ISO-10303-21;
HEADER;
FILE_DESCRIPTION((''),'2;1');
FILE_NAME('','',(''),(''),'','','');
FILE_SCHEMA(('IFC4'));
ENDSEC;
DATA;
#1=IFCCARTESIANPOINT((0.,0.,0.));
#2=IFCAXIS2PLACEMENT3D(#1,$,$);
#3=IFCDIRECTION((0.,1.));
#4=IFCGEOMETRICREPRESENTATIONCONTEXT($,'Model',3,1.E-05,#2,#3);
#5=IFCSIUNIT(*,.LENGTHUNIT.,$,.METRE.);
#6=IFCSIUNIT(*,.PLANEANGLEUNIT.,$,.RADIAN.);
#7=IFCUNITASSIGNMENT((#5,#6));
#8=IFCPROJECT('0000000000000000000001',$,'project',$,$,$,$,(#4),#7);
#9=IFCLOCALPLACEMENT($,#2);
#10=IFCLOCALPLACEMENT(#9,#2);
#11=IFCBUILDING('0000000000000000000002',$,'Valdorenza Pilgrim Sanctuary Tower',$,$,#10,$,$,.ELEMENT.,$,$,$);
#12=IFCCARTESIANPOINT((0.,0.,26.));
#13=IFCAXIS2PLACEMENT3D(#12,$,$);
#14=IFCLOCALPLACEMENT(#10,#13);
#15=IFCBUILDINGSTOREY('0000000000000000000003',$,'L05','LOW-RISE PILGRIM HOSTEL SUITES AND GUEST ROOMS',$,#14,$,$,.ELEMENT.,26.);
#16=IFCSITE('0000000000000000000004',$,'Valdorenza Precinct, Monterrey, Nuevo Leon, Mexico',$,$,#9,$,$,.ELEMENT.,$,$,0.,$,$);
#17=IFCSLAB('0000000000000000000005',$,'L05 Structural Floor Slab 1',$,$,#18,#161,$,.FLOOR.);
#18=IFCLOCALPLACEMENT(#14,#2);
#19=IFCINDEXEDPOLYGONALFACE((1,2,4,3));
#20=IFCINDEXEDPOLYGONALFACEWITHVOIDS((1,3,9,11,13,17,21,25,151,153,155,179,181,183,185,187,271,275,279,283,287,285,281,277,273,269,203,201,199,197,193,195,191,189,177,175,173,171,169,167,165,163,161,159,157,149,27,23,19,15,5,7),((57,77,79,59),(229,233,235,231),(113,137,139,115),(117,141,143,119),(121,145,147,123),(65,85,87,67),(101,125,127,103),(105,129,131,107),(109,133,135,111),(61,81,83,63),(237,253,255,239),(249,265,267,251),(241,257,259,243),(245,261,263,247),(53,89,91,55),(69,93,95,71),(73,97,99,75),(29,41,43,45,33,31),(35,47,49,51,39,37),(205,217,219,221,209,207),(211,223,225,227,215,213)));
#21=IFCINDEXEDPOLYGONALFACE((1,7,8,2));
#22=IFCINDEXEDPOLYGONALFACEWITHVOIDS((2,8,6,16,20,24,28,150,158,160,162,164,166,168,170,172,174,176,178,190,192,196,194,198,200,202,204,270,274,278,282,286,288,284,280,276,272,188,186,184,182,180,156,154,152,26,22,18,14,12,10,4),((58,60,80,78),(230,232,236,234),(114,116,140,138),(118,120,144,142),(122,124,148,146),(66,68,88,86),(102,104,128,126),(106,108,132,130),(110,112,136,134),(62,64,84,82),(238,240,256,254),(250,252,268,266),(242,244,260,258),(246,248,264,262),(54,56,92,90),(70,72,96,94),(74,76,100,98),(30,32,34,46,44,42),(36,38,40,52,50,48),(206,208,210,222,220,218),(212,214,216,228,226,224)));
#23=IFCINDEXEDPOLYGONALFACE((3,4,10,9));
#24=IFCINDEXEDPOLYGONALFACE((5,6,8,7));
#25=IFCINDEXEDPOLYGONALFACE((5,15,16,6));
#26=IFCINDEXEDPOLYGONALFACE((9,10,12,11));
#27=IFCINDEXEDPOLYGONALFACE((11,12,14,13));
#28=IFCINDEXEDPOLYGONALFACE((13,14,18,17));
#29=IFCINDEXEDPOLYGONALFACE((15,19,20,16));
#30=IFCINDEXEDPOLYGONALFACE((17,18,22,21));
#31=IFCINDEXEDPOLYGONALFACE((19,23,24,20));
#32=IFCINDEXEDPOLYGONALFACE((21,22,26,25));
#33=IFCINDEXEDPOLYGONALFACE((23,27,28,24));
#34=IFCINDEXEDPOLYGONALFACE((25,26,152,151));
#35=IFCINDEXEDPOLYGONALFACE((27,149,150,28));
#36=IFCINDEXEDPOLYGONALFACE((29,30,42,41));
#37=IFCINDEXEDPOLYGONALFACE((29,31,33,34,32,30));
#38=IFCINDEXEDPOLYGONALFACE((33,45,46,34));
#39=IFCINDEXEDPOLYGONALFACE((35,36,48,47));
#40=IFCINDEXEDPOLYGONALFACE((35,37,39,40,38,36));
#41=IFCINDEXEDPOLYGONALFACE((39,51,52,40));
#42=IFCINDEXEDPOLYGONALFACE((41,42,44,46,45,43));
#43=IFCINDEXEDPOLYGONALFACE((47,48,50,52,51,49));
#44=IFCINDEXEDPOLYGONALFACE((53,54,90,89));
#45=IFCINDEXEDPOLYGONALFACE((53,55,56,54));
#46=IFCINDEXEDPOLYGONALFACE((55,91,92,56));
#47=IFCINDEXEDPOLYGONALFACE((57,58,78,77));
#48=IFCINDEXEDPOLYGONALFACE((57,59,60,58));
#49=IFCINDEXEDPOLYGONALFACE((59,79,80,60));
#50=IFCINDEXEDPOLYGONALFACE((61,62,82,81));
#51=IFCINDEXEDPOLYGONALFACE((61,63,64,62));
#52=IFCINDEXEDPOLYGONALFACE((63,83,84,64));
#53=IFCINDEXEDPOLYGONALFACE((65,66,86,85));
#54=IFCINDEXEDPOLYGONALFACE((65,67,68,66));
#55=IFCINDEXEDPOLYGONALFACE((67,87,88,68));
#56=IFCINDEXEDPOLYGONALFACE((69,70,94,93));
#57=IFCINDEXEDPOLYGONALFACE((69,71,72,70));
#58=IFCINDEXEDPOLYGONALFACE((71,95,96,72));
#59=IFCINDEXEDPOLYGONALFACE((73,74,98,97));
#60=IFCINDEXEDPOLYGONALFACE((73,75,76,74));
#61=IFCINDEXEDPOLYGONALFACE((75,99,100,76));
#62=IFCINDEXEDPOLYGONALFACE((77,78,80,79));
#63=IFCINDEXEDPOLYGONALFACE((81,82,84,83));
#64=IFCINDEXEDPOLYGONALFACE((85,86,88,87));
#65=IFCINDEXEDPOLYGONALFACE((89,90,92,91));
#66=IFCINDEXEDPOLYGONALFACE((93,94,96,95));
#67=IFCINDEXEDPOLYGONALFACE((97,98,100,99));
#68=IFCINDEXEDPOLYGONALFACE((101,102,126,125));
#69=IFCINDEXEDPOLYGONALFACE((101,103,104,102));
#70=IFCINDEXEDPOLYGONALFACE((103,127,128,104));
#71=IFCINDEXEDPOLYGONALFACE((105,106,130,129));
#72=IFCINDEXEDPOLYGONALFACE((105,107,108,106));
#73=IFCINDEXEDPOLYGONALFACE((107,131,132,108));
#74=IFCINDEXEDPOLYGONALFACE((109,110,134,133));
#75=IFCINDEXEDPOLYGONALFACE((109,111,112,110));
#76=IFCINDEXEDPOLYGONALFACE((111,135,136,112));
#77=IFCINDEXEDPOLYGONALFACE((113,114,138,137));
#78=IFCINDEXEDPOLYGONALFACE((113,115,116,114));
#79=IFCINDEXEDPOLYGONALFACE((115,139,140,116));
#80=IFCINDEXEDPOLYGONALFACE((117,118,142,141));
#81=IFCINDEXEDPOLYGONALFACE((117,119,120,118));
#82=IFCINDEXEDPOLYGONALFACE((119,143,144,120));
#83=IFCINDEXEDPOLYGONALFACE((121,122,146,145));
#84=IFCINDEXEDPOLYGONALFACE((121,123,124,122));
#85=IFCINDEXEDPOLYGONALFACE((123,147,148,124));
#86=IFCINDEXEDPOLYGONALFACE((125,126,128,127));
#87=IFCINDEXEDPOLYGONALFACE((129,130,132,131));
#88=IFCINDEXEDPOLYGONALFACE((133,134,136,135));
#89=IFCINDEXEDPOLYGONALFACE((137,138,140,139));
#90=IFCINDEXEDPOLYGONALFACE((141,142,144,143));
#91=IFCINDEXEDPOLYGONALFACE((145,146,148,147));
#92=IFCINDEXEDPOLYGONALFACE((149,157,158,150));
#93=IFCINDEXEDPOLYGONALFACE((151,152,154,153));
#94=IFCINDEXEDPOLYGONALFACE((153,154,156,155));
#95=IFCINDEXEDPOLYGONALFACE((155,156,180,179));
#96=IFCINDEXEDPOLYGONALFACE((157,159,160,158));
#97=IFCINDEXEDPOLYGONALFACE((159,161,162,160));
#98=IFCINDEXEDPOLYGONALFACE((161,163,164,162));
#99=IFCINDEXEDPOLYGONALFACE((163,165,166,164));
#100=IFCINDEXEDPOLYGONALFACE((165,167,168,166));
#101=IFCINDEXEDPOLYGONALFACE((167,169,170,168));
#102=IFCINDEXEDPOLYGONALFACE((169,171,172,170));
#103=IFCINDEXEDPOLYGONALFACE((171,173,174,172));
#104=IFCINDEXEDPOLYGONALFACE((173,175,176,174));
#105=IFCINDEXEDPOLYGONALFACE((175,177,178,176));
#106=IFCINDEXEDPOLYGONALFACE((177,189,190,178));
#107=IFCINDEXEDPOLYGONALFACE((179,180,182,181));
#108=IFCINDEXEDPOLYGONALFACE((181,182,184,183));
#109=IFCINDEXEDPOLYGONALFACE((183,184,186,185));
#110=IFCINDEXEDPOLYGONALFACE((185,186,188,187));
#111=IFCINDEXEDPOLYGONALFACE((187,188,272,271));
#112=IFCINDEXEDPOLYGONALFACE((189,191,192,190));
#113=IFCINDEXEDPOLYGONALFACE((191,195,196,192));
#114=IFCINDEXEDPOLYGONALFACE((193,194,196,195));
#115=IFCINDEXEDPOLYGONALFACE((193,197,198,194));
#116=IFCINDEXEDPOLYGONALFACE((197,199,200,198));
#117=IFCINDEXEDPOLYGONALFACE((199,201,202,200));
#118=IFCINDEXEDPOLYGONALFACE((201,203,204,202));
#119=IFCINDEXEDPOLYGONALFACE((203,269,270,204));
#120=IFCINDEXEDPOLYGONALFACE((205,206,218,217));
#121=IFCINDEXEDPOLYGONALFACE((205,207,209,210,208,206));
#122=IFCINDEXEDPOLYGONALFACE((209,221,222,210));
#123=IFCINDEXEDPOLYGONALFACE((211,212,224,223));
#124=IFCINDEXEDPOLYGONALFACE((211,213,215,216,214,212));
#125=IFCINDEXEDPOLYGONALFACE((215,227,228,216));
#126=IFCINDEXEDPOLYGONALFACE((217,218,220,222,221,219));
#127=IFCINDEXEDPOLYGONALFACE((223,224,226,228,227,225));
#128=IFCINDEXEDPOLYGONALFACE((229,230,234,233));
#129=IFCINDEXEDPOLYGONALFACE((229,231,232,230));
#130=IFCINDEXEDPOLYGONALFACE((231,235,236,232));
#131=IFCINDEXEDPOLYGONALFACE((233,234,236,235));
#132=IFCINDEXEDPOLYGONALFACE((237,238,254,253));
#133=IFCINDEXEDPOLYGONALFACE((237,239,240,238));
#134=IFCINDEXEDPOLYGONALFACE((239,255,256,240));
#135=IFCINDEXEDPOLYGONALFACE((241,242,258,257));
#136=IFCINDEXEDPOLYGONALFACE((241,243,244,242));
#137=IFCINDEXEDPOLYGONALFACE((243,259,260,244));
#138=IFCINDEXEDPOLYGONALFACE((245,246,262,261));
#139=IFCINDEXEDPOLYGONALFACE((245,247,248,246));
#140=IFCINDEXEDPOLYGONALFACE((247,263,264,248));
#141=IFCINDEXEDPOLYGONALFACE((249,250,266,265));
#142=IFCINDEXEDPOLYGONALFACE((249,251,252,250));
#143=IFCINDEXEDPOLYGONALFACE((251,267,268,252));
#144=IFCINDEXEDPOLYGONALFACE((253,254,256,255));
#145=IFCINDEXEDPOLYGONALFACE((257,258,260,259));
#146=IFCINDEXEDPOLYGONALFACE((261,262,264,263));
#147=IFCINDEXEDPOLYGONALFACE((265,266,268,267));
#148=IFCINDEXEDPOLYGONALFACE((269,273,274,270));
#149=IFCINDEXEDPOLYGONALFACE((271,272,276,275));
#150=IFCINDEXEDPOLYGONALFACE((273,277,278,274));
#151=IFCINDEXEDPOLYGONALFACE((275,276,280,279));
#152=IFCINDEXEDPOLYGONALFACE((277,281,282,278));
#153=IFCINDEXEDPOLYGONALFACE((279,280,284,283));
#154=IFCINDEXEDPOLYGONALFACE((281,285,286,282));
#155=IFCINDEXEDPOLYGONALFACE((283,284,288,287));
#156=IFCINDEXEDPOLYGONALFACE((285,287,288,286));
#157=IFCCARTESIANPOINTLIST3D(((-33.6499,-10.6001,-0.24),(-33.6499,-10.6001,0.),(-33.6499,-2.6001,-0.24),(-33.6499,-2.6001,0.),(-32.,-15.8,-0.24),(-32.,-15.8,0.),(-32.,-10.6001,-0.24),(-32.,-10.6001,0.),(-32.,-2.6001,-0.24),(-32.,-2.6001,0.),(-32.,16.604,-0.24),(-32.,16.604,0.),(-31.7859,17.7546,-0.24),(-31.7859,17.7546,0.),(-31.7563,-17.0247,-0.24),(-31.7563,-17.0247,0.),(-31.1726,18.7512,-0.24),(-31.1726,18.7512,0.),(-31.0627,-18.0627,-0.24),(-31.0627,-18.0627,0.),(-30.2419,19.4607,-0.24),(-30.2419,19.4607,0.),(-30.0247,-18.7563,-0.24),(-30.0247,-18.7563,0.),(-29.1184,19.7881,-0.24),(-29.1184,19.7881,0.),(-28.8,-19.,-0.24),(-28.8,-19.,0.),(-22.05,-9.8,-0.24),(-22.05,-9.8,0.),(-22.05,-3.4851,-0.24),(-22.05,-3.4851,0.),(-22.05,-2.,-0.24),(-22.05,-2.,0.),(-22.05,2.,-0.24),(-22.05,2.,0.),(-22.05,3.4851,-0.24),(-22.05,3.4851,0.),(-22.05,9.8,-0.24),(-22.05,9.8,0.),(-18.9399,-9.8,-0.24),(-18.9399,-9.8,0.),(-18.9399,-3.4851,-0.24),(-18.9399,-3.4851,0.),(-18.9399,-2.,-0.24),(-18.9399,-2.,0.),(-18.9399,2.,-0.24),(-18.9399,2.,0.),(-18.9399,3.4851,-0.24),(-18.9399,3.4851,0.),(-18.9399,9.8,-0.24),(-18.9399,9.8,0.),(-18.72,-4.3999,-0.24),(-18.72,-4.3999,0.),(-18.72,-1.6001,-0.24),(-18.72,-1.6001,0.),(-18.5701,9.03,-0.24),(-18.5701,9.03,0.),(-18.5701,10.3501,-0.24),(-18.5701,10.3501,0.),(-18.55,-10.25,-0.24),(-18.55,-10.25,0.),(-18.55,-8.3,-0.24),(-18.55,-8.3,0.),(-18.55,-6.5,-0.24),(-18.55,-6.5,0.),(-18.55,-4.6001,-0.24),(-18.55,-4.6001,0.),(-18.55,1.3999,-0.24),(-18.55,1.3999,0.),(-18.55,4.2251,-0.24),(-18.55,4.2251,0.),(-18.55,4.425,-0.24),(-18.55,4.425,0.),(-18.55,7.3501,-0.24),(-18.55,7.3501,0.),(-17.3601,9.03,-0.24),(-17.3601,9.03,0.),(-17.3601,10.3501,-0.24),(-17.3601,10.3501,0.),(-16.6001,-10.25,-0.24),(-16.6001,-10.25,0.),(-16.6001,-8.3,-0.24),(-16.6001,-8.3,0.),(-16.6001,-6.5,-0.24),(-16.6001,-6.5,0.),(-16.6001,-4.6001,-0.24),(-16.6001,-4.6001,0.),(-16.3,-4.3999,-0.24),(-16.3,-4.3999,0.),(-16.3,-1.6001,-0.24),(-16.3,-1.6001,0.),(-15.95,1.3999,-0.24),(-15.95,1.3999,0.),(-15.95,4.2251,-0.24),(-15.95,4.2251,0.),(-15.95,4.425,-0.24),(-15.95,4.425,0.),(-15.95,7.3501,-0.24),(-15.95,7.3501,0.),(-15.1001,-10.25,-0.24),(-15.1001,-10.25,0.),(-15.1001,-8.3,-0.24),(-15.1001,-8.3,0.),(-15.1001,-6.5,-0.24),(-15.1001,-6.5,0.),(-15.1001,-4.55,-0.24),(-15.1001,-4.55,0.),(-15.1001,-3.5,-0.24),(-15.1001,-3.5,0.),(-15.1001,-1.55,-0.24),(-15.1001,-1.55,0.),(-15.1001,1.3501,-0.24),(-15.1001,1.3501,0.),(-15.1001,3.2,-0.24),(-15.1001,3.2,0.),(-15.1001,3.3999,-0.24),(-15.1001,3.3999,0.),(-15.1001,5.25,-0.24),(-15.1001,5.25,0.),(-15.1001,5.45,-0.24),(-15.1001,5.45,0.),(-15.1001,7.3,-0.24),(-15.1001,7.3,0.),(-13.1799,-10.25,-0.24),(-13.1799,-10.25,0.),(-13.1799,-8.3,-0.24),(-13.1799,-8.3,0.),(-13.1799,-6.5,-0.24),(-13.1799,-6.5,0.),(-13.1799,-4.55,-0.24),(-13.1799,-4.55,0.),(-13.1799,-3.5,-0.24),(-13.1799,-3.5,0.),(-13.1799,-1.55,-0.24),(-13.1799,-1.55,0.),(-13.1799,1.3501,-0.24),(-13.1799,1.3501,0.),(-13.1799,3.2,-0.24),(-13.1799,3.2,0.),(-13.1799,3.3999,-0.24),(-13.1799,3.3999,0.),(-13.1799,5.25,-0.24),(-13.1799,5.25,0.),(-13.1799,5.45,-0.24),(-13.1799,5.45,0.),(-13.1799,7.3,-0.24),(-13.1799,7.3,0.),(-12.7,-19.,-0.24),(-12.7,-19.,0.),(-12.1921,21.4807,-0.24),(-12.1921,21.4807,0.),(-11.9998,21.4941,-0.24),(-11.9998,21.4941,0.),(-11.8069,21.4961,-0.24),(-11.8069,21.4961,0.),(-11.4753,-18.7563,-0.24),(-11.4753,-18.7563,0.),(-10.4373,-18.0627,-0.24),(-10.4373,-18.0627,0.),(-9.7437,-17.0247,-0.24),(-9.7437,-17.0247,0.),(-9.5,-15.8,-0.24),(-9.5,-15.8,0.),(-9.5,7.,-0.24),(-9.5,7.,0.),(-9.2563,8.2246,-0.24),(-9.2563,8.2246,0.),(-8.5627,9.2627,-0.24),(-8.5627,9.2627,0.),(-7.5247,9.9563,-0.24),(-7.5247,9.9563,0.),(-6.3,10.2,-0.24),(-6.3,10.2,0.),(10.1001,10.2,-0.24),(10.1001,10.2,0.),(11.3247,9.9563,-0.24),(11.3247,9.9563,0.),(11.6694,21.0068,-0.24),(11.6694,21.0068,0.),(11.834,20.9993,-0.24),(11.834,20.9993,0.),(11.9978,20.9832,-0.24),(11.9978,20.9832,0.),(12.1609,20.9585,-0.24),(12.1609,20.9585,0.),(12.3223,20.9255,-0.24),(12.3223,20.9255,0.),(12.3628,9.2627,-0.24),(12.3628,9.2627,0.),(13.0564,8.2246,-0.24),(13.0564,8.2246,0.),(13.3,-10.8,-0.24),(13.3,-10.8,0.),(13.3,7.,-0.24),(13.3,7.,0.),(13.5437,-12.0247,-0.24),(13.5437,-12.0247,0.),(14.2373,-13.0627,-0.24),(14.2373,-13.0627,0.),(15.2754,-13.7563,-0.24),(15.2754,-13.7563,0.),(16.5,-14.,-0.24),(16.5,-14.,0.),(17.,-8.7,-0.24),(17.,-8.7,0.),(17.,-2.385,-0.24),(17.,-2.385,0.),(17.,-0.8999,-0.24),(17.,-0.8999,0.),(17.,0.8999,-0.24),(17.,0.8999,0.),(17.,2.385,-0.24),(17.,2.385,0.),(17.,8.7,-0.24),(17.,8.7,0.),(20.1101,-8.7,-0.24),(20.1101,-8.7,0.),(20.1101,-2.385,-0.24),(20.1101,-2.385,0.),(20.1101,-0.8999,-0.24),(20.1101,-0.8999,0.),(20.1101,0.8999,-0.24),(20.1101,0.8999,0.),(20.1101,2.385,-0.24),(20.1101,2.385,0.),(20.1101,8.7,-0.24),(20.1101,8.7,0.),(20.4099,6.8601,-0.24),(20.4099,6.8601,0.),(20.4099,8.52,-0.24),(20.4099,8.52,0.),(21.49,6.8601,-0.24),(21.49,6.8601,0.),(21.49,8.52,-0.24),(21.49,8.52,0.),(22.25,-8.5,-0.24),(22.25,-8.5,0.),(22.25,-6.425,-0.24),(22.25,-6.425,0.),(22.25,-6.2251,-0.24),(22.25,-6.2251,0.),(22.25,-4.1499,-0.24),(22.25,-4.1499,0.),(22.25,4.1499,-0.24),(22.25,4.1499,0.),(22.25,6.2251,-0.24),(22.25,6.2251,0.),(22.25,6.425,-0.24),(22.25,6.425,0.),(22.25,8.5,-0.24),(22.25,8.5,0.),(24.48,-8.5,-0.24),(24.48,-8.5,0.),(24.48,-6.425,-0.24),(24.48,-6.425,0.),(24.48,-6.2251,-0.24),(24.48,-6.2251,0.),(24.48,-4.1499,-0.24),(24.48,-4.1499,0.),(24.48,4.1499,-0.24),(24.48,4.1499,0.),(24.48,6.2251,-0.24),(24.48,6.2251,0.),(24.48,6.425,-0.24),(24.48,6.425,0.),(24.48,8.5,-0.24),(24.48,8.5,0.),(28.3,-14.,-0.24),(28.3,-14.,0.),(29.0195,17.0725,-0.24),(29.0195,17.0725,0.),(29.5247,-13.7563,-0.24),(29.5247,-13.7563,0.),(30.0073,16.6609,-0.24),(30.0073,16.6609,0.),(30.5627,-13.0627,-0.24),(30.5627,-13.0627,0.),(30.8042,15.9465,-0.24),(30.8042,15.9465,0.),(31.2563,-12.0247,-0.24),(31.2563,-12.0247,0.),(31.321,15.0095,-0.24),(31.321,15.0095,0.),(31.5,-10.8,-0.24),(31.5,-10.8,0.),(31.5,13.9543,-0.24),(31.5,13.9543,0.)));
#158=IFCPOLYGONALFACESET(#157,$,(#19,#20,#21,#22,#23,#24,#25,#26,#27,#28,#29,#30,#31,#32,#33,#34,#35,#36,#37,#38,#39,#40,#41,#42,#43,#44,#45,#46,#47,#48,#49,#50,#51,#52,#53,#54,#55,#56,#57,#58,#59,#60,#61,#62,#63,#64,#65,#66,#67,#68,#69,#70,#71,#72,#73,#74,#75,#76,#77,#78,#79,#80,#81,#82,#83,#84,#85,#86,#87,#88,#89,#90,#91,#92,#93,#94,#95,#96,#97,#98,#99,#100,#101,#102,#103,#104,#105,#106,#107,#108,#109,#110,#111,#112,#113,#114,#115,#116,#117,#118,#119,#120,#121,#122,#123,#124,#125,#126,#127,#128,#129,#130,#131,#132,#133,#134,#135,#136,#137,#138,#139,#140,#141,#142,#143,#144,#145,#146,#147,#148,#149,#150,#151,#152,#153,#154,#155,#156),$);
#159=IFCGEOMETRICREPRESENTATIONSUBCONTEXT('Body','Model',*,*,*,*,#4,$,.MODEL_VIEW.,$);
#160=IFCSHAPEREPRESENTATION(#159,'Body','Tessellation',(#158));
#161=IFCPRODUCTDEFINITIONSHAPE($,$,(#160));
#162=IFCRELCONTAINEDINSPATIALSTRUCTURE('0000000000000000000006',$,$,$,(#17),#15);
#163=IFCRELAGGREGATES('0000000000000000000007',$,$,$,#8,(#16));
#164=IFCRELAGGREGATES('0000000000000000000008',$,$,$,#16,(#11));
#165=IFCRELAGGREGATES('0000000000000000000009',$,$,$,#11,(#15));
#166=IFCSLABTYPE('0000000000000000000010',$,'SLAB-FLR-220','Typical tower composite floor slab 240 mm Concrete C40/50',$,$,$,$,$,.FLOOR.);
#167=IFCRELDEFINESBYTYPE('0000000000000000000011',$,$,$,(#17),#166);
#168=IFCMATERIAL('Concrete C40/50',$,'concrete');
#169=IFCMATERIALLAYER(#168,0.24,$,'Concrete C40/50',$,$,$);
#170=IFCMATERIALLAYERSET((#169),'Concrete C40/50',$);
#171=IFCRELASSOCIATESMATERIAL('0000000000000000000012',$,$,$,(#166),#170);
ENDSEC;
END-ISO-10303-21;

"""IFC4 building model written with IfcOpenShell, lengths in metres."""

from ifc_helpers import new_model, si_unit, direction, frame, origin, place, context, subcontext, project, spatial, polyline, outline, extrude, material, layer, layer_set, type_object, element, save


model = new_model("IFC4")

# Units and contexts
model_context = context("Model", 3, precision=1e-05, world=origin(), true_north=direction((0.0, 1.0)))
body_context = subcontext(model_context, "Body", "Model", "MODEL_VIEW")
ifc_project = project(units=[si_unit("LENGTHUNIT", "METRE"), si_unit("PLANEANGLEUNIT", "RADIAN")], contexts=[model_context])

# Site, building, storey
site_placement = place(None, origin())
site = spatial("IfcSite", under=ifc_project, at=site_placement, Name="Valdorenza Precinct, Monterrey, Nuevo Leon, Mexico", CompositionType="ELEMENT", RefElevation=0.0)
building_placement = place(site_placement, origin())
building = spatial("IfcBuilding", under=site, at=building_placement, Name="Valdorenza Pilgrim Sanctuary Tower", CompositionType="ELEMENT")
storey_placement = place(building_placement, frame((0.0, 0.0, 26.0)))
storey = spatial("IfcBuildingStorey", under=building, at=storey_placement, Name="L05", Description="LOW-RISE PILGRIM HOSTEL SUITES AND GUEST ROOMS", CompositionType="ELEMENT", Elevation=26.0)

# Slab
ifc_material_1 = material(Name="Concrete C40/50", Category="concrete")
ifc_layer_1 = layer(ifc_material_1, 0.24, Name="Concrete C40/50")
ifc_layer_set_1 = layer_set([ifc_layer_1], Name="Concrete C40/50")
slab_type_1 = type_object("IfcSlabType", Name="SLAB-FLR-220", Description="Typical tower composite floor slab 240 mm Concrete C40/50", PredefinedType="FLOOR", material=ifc_layer_set_1)
slab_1_placement = place(storey_placement, frame((0.0, 0.0, -0.24)))
element("IfcSlab", 1, at=slab_1_placement, inside=storey, type_object=slab_type_1, Name="L05 Structural Floor Slab 1", PredefinedType="FLOOR", context=body_context, shape_type="SweptSolid", body=[
    extrude(outline(polyline([(-33.6499, -2.6001), (-32.0, -2.6001), (-32.0, 16.604), (-31.7859, 17.7546), (-31.1726, 18.7512), (-30.2419, 19.4607), (-29.1184, 19.7881), (-12.1921, 21.4807), (-11.9998, 21.4941), (-11.8069, 21.4961), (11.6694, 21.0068), (11.834, 20.9993), (11.9978, 20.9832), (12.1609, 20.9585), (12.3223, 20.9255), (29.0195, 17.0725), (30.0073, 16.6609), (30.8042, 15.9465), (31.321, 15.0095), (31.5, 13.9543), (31.5, -10.8), (31.2563, -12.0247), (30.5627, -13.0627), (29.5247, -13.7563), (28.3, -14.0), (16.5, -14.0), (15.2754, -13.7563), (14.2373, -13.0627), (13.5437, -12.0247), (13.3, -10.8), (13.3, 7.0), (13.0564, 8.2246), (12.3628, 9.2627), (11.3247, 9.9563), (10.1001, 10.2), (-6.3, 10.2), (-7.5247, 9.9563), (-8.5627, 9.2627), (-9.2563, 8.2246), (-9.5, 7.0), (-9.5, -15.8), (-9.7437, -17.0247), (-10.4373, -18.0627), (-11.4753, -18.7563), (-12.7, -19.0), (-28.8, -19.0), (-30.0247, -18.7563), (-31.0627, -18.0627), (-31.7563, -17.0247), (-32.0, -15.8), (-32.0, -10.6001), (-33.6499, -10.6001), (-33.6499, -2.6001)]), holes=[polyline([(-16.6001, -10.25), (-16.6001, -8.3), (-18.55, -8.3), (-18.55, -10.25), (-16.6001, -10.25)]), polyline([(-22.05, -9.8), (-18.9399, -9.8), (-18.9399, -3.4851), (-18.9399, -2.0), (-22.05, -2.0), (-22.05, -3.4851), (-22.05, -9.8)]), polyline([(-18.55, -6.5), (-16.6001, -6.5), (-16.6001, -4.6001), (-18.55, -4.6001), (-18.55, -6.5)]), polyline([(-13.1799, -6.5), (-13.1799, -4.55), (-15.1001, -4.55), (-15.1001, -6.5), (-13.1799, -6.5)]), polyline([(-18.72, -4.3999), (-16.3, -4.3999), (-16.3, -1.6001), (-18.72, -1.6001), (-18.72, -4.3999)]), polyline([(-13.1799, -3.5), (-13.1799, -1.55), (-15.1001, -1.55), (-15.1001, -3.5), (-13.1799, -3.5)]), polyline([(-22.05, 2.0), (-18.9399, 2.0), (-18.9399, 3.4851), (-18.9399, 9.8), (-22.05, 9.8), (-22.05, 3.4851), (-22.05, 2.0)]), polyline([(-18.55, 1.3999), (-15.95, 1.3999), (-15.95, 4.2251), (-18.55, 4.2251), (-18.55, 1.3999)]), polyline([(-15.95, 4.425), (-15.95, 7.3501), (-18.55, 7.3501), (-18.55, 4.425), (-15.95, 4.425)]), polyline([(-15.1001, 5.45), (-13.1799, 5.45), (-13.1799, 7.3), (-15.1001, 7.3), (-15.1001, 5.45)]), polyline([(-17.3601, 9.03), (-17.3601, 10.3501), (-18.5701, 10.3501), (-18.5701, 9.03), (-17.3601, 9.03)]), polyline([(-15.1001, -10.25), (-13.1799, -10.25), (-13.1799, -8.3), (-15.1001, -8.3), (-15.1001, -10.25)]), polyline([(22.25, -8.5), (24.48, -8.5), (24.48, -6.425), (22.25, -6.425), (22.25, -8.5)]), polyline([(17.0, -2.385), (17.0, -8.7), (20.1101, -8.7), (20.1101, -2.385), (20.1101, -0.8999), (17.0, -0.8999), (17.0, -2.385)]), polyline([(22.25, -6.2251), (24.48, -6.2251), (24.48, -4.1499), (22.25, -4.1499), (22.25, -6.2251)]), polyline([(17.0, 0.8999), (20.1101, 0.8999), (20.1101, 2.385), (20.1101, 8.7), (17.0, 8.7), (17.0, 2.385), (17.0, 0.8999)]), polyline([(-15.1001, 1.3501), (-13.1799, 1.3501), (-13.1799, 3.2), (-15.1001, 3.2), (-15.1001, 1.3501)]), polyline([(-15.1001, 3.3999), (-13.1799, 3.3999), (-13.1799, 5.25), (-15.1001, 5.25), (-15.1001, 3.3999)]), polyline([(22.25, 4.1499), (24.48, 4.1499), (24.48, 6.2251), (22.25, 6.2251), (22.25, 4.1499)]), polyline([(22.25, 6.425), (24.48, 6.425), (24.48, 8.5), (22.25, 8.5), (22.25, 6.425)]), polyline([(20.4099, 6.8601), (21.49, 6.8601), (21.49, 8.52), (20.4099, 8.52), (20.4099, 6.8601)])]), origin(), (0.0, 0.0, 1.0), 0.24),
])

save(model, "model.ifc")
